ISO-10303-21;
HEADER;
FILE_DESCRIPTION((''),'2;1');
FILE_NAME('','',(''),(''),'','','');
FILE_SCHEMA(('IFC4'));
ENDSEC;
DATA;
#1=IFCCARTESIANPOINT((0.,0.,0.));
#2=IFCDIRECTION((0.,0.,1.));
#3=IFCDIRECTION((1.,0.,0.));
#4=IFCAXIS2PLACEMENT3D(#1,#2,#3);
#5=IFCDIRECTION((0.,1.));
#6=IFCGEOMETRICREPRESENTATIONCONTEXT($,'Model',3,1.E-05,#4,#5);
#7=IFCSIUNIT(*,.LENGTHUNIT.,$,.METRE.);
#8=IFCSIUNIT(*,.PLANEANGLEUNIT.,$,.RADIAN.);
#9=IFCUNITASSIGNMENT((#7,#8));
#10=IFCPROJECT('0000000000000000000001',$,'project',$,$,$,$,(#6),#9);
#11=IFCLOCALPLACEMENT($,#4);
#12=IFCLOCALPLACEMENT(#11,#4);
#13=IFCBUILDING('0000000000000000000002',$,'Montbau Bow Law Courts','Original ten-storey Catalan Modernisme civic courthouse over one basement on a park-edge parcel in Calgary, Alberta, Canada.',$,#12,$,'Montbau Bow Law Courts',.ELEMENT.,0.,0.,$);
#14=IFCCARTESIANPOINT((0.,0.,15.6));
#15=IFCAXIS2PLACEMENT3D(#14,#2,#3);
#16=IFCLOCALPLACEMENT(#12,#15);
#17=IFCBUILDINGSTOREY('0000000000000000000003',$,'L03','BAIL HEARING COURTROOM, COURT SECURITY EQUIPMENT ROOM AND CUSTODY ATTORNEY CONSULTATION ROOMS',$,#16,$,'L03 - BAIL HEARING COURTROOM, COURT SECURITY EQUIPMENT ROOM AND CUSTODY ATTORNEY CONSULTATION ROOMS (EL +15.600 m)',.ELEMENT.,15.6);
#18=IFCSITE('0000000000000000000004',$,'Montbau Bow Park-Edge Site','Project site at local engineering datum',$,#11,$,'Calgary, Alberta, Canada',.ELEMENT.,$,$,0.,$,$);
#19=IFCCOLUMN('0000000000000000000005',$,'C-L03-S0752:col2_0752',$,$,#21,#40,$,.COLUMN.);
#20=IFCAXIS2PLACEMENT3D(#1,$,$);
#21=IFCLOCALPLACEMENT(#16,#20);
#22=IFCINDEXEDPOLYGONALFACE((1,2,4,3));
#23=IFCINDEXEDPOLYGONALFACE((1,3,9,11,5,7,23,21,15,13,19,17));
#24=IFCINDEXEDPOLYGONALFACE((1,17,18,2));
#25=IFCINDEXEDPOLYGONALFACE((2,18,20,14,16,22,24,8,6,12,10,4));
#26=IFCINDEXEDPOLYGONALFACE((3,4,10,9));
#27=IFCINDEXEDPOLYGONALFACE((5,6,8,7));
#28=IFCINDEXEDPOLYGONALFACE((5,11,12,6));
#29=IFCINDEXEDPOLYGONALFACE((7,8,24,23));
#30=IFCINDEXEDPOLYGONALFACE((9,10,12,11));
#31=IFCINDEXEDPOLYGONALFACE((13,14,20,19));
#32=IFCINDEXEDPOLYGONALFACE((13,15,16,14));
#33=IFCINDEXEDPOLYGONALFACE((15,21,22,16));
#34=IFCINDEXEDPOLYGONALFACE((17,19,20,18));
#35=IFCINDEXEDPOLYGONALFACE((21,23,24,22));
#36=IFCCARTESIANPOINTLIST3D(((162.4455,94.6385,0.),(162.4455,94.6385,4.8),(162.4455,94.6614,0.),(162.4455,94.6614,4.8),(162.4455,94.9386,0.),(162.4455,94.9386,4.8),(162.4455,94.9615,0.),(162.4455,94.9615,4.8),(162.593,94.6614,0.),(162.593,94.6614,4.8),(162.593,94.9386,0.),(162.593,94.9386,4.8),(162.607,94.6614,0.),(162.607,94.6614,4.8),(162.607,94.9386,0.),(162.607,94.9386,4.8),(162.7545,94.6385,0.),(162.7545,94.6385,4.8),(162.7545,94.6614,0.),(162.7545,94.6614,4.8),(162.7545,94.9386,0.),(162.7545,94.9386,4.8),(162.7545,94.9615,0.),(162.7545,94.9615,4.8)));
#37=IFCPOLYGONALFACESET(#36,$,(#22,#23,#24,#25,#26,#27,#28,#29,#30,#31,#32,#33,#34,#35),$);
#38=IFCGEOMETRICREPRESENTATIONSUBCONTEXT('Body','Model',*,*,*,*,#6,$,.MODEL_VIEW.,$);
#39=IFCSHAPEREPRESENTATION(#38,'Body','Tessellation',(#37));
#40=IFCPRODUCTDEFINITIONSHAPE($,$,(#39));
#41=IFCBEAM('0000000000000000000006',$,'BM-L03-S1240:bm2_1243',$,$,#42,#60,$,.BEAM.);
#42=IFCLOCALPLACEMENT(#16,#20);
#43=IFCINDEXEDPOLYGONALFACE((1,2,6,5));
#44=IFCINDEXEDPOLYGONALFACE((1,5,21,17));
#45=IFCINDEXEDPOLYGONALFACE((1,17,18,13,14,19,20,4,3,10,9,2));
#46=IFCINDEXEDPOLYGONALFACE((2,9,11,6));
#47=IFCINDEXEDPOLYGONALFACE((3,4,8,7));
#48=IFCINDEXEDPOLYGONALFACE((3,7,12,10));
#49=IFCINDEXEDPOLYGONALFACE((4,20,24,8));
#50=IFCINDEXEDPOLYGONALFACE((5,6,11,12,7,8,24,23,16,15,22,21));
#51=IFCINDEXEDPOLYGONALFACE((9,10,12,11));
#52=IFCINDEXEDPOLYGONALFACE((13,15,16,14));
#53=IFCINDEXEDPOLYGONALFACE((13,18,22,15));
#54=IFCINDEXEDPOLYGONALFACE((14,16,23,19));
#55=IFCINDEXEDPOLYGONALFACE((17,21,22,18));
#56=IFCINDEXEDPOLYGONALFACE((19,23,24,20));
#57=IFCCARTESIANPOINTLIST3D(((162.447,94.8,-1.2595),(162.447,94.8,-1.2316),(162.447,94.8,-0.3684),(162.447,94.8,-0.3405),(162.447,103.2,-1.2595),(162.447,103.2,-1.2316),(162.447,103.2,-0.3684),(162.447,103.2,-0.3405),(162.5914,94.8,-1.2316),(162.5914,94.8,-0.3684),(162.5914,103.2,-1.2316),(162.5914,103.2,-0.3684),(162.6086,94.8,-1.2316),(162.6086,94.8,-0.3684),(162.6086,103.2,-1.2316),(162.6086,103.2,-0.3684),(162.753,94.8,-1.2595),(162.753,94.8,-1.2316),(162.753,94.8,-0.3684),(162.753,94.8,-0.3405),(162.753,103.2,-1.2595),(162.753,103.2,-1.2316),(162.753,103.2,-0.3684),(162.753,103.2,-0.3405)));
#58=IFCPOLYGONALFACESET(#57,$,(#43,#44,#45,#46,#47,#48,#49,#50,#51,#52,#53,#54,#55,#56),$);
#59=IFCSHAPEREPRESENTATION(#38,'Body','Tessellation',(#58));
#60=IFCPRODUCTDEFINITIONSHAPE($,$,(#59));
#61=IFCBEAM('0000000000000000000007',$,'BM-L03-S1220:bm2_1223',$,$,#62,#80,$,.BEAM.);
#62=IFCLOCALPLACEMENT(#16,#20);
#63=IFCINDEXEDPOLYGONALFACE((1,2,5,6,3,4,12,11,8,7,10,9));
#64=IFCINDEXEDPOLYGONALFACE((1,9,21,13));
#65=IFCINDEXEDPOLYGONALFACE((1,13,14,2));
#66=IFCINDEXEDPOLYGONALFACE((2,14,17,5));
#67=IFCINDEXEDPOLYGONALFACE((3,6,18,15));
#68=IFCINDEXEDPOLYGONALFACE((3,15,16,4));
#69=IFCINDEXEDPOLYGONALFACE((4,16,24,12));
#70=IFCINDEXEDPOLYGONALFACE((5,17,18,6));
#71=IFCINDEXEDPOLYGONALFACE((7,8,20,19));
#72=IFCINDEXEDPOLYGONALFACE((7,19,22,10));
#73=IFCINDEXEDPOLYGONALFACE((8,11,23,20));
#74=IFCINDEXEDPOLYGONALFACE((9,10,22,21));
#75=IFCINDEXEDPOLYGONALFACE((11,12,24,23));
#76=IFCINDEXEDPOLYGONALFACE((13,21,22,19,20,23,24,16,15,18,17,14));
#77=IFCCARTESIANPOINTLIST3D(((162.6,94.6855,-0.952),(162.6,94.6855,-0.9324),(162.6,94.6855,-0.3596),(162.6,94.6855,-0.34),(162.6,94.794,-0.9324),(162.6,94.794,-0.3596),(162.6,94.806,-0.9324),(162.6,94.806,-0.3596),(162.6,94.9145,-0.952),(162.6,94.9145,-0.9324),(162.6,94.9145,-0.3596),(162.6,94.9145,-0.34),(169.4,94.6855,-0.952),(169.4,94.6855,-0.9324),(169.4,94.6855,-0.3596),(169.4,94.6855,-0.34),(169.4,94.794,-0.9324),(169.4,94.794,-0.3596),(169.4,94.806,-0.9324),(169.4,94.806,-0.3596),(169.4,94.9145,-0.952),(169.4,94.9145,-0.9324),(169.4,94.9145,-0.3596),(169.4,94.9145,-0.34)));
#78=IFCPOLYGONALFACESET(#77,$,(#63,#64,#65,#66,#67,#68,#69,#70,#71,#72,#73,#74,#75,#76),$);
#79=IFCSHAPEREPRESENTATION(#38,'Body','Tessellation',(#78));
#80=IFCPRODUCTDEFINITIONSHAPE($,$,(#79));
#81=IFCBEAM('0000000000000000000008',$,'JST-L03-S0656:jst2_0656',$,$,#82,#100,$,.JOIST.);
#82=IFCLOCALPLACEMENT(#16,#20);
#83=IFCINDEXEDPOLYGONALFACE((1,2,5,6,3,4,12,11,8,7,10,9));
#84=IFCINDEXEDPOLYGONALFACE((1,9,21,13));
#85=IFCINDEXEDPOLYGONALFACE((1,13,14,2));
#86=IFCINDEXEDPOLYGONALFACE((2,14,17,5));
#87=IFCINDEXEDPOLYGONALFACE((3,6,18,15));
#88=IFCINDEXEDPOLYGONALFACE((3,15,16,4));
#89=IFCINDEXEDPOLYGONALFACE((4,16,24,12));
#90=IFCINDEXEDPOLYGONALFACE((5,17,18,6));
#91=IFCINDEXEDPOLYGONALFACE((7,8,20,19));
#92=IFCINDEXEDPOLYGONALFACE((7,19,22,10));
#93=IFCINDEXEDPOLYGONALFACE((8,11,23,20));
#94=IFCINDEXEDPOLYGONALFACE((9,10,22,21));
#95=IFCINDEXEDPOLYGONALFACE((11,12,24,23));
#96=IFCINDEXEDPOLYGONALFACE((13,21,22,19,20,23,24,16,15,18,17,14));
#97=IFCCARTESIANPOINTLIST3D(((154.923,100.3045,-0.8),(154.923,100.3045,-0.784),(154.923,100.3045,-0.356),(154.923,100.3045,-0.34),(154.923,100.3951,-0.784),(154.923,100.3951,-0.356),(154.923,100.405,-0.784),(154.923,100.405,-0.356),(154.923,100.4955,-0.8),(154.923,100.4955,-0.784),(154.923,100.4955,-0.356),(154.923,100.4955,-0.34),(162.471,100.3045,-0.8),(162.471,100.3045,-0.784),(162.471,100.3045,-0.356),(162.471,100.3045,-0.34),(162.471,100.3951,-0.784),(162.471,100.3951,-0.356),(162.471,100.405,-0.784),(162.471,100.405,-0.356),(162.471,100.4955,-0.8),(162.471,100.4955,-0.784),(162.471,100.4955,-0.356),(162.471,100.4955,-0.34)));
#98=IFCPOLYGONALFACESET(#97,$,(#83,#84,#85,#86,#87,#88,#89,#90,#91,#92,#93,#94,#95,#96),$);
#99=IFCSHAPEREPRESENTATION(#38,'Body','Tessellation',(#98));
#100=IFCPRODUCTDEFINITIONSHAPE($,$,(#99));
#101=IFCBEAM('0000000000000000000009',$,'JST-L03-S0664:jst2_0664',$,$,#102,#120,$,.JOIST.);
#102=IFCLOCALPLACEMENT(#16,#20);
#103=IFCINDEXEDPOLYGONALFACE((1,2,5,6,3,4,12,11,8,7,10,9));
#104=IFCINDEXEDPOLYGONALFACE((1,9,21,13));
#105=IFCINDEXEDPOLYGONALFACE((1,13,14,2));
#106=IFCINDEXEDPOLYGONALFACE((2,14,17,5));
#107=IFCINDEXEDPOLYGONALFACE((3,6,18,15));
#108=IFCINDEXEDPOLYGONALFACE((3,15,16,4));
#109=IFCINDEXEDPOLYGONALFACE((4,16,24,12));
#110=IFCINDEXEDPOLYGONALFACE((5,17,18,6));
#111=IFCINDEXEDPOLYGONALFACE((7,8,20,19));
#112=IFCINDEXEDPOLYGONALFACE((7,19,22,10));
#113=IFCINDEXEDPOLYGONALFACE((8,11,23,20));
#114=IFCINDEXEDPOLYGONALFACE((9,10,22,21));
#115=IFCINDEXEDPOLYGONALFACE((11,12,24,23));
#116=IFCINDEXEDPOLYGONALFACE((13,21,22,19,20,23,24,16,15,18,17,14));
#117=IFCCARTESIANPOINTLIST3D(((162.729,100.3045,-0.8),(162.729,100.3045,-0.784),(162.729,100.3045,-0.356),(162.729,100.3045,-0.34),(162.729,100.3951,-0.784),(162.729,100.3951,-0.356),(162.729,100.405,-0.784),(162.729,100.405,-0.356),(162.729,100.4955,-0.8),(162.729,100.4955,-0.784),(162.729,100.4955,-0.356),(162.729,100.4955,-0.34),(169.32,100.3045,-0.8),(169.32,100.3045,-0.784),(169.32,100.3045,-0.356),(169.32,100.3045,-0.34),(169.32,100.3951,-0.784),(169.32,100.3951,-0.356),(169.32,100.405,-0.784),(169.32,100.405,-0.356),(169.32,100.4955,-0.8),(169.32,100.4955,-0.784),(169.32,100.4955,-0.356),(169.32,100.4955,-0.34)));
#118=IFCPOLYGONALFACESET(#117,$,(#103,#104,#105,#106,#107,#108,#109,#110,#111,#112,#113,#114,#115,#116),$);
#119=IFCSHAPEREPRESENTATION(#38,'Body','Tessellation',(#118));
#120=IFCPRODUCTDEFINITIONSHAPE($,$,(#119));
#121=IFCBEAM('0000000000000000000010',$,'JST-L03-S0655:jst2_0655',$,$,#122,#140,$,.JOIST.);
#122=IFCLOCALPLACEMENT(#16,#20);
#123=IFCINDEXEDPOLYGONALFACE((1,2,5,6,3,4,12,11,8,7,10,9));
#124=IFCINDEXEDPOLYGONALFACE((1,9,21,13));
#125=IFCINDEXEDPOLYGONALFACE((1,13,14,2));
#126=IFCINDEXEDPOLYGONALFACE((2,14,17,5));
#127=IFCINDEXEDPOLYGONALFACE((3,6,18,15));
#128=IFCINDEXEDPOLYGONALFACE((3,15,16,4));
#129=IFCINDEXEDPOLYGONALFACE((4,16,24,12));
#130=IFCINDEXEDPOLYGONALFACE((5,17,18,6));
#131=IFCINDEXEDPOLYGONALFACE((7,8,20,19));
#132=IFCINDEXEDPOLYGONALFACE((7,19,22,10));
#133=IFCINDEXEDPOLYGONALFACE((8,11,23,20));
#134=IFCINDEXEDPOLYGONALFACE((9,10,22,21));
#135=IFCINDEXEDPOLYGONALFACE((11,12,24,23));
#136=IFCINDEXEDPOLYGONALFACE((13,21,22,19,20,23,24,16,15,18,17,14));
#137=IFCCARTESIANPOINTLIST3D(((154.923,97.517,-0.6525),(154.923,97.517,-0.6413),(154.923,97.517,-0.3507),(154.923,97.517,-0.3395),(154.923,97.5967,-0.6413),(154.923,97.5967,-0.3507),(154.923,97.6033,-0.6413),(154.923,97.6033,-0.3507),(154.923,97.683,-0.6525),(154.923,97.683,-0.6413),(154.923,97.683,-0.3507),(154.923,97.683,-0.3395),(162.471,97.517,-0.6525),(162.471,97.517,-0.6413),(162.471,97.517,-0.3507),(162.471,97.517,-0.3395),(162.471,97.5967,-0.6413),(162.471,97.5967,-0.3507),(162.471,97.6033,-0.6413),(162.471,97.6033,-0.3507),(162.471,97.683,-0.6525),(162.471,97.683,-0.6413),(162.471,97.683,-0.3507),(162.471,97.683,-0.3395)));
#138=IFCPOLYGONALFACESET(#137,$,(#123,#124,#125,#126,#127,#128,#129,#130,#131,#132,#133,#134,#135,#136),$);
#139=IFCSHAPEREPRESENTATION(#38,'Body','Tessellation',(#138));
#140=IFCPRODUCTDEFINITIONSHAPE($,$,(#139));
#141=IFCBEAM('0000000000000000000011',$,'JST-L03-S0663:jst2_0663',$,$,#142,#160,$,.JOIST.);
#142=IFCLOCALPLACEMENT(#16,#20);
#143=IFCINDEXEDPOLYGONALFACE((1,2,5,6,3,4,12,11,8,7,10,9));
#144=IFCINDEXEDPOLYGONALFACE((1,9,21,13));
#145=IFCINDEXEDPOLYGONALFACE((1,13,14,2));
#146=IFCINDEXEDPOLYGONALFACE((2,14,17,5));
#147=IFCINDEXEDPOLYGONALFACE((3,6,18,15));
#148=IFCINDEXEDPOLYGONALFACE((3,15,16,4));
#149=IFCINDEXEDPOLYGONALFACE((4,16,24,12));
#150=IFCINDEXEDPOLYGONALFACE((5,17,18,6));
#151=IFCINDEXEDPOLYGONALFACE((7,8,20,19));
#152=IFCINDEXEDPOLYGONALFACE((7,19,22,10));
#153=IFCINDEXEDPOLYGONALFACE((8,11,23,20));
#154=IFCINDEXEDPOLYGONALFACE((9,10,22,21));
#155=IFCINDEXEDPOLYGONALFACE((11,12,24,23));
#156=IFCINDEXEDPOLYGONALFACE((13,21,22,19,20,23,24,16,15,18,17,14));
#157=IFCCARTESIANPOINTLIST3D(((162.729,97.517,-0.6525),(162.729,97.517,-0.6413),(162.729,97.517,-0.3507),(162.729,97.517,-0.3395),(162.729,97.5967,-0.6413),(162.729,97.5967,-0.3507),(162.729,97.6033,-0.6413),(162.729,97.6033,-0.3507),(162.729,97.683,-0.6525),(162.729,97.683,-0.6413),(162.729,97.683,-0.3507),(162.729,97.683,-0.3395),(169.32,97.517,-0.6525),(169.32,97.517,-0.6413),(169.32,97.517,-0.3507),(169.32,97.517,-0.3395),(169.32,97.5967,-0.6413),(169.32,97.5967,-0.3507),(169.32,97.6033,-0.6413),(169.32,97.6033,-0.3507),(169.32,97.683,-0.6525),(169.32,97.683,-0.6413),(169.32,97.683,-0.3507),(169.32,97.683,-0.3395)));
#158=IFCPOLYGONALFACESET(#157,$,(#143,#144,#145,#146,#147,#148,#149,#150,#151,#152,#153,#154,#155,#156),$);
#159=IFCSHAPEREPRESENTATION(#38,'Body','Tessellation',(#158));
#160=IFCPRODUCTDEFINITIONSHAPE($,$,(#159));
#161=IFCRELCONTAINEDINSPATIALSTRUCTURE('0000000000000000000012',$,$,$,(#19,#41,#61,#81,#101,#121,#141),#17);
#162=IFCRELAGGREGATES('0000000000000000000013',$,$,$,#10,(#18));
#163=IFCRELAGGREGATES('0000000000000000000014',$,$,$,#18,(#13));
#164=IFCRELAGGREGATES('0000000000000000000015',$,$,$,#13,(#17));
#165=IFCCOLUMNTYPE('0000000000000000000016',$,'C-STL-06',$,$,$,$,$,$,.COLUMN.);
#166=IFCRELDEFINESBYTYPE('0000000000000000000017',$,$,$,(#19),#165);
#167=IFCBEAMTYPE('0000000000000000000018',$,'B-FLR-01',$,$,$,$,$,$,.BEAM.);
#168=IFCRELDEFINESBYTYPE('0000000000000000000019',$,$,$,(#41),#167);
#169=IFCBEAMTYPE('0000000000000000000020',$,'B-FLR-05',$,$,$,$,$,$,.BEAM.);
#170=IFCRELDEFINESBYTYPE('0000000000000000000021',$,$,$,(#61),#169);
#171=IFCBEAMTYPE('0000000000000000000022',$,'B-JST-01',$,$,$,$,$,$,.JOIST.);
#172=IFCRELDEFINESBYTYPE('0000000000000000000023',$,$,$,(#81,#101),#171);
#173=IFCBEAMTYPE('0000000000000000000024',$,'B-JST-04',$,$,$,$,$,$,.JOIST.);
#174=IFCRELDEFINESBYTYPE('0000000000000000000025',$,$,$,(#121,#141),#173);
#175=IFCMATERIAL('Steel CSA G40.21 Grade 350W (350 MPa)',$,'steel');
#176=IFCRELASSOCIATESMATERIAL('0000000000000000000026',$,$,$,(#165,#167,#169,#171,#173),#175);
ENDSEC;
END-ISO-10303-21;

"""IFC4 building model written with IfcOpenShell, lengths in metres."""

from ifc_helpers import new_model, si_unit, direction, frame, origin_with_axes, origin_2d_with_axis, place, context, subcontext, project, spatial, i_section, extrude, material, material_profile, profile_set, type_object, element, save


model = new_model("IFC4")

# Units and contexts
model_context = context("Model", 3, precision=1e-05, world=origin_with_axes(), true_north=direction((0.0, 1.0)))
body_context = subcontext(model_context, "Body", "Model", "MODEL_VIEW")
ifc_project = project(units=[si_unit("LENGTHUNIT", "METRE"), si_unit("PLANEANGLEUNIT", "RADIAN")], contexts=[model_context])

# Site, building, storey
site_placement = place(None, origin_with_axes())
site = spatial("IfcSite", under=ifc_project, at=site_placement, Name="Montbau Bow Park-Edge Site", Description="Project site at local engineering datum", LongName="Calgary, Alberta, Canada", CompositionType="ELEMENT", RefElevation=0.0)
building_placement = place(site_placement, origin_with_axes())
building = spatial("IfcBuilding", under=site, at=building_placement, Name="Montbau Bow Law Courts", Description="Original ten-storey Catalan Modernisme civic courthouse over one basement on a park-edge parcel in Calgary, Alberta, Canada.", LongName="Montbau Bow Law Courts", CompositionType="ELEMENT", ElevationOfRefHeight=0.0, ElevationOfTerrain=0.0)
storey_placement = place(building_placement, frame((0.0, 0.0, 15.6), z_axis=(0.0, 0.0, 1.0), x_axis=(1.0, 0.0, 0.0)))
storey = spatial("IfcBuildingStorey", under=building, at=storey_placement, Name="L03", Description="BAIL HEARING COURTROOM, COURT SECURITY EQUIPMENT ROOM AND CUSTODY ATTORNEY CONSULTATION ROOMS", LongName="L03 - BAIL HEARING COURTROOM, COURT SECURITY EQUIPMENT ROOM AND CUSTODY ATTORNEY CONSULTATION ROOMS (EL +15.600 m)", CompositionType="ELEMENT", Elevation=15.6)

# Column
ifc_material_1 = material(Name="Steel CSA G40.21 Grade 350W (350 MPa)", Category="steel")
ifc_material_profile_1 = material_profile(ifc_material_1, i_section(OverallWidth=0.309, OverallDepth=0.323, WebThickness=0.014, FlangeThickness=0.0229, at=origin_2d_with_axis()), Name="W310X143", Category="Main", Priority=0)
ifc_profile_set_1 = profile_set([ifc_material_profile_1], Name="Steel CSA G40.21 Grade 350W (350 MPa)")
column_type = type_object("IfcColumnType", Name="C-STL-06", PredefinedType="COLUMN", material=ifc_profile_set_1)
column_placement = place(None, frame((162.6, 94.8, 15.6), z_axis=(0.0, 0.0, 1.0), x_axis=(1.0, 0.0, 0.0)))
element("IfcColumn", 1, at=column_placement, inside=storey, type_object=column_type, Name="C-L03-S0752:col2_0752", PredefinedType="COLUMN", context=body_context, shape_type="SweptSolid", body=[
    extrude(i_section(OverallWidth=0.309, OverallDepth=0.323, WebThickness=0.014, FlangeThickness=0.0229, at=origin_2d_with_axis()), origin_with_axes(), (0.0, 0.0, 1.0), 4.8),
])

# Beams
ifc_material_profile_2 = material_profile(ifc_material_1, i_section(OverallWidth=0.306, OverallDepth=0.919, WebThickness=0.0173, FlangeThickness=0.0279, at=origin_2d_with_axis()), Name="W920X253", Category="Main", Priority=0)
ifc_profile_set_2 = profile_set([ifc_material_profile_2], Name="Steel CSA G40.21 Grade 350W (350 MPa)")
beam_type_1 = type_object("IfcBeamType", Name="B-FLR-01", PredefinedType="BEAM", material=ifc_profile_set_2)
beam_1_placement = place(None, frame((162.6, 94.8, 14.8), z_axis=(0.0, 1.0, 0.0), x_axis=(-1.0, 0.0, 0.0)))
element("IfcBeam", 2, at=beam_1_placement, inside=storey, type_object=beam_type_1, Name="BM-L03-S1240:bm2_1243", PredefinedType="BEAM", context=body_context, shape_type="SweptSolid", body=[
    extrude(i_section(OverallWidth=0.306, OverallDepth=0.919, WebThickness=0.0173, FlangeThickness=0.0279, at=origin_2d_with_axis()), origin_with_axes(), (0.0, 0.0, 1.0), 8.4),
])
ifc_material_profile_3 = material_profile(ifc_material_1, i_section(OverallWidth=0.229, OverallDepth=0.612, WebThickness=0.0119, FlangeThickness=0.0196, at=origin_2d_with_axis()), Name="W610X125", Category="Main", Priority=0)
ifc_profile_set_3 = profile_set([ifc_material_profile_3], Name="Steel CSA G40.21 Grade 350W (350 MPa)")
beam_type_2 = type_object("IfcBeamType", Name="B-FLR-05", PredefinedType="BEAM", material=ifc_profile_set_3)
beam_2_placement = place(None, frame((162.6, 94.8, 14.954), z_axis=(1.0, 0.0, 0.0), x_axis=(0.0, 1.0, 0.0)))
element("IfcBeam", 3, at=beam_2_placement, inside=storey, type_object=beam_type_2, Name="BM-L03-S1220:bm2_1223", PredefinedType="BEAM", context=body_context, shape_type="SweptSolid", body=[
    extrude(i_section(OverallWidth=0.229, OverallDepth=0.612, WebThickness=0.0119, FlangeThickness=0.0196, at=origin_2d_with_axis()), origin_with_axes(), (0.0, 0.0, 1.0), 6.8),
])
ifc_material_profile_4 = material_profile(ifc_material_1, i_section(OverallWidth=0.191, OverallDepth=0.46, WebThickness=0.0099, FlangeThickness=0.016, at=origin_2d_with_axis()), Name="W460X82", Category="Main", Priority=0)
ifc_profile_set_4 = profile_set([ifc_material_profile_4], Name="Steel CSA G40.21 Grade 350W (350 MPa)")
beam_type_3 = type_object("IfcBeamType", Name="B-JST-01", PredefinedType="JOIST", material=ifc_profile_set_4)
beam_3_placement = place(None, frame((154.923, 100.4, 15.03), z_axis=(1.0, 0.0, 0.0), x_axis=(0.0, 1.0, 0.0)))
element("IfcBeam", 4, at=beam_3_placement, inside=storey, type_object=beam_type_3, Name="JST-L03-S0656:jst2_0656", PredefinedType="JOIST", context=body_context, shape_type="SweptSolid", body=[
    extrude(i_section(OverallWidth=0.191, OverallDepth=0.46, WebThickness=0.0099, FlangeThickness=0.016, at=origin_2d_with_axis()), origin_with_axes(), (0.0, 0.0, 1.0), 7.548),
])
beam_4_placement = place(None, frame((162.729, 100.4, 15.03), z_axis=(1.0, 0.0, 0.0), x_axis=(0.0, 1.0, 0.0)))
element("IfcBeam", 5, at=beam_4_placement, inside=storey, type_object=beam_type_3, Name="JST-L03-S0664:jst2_0664", PredefinedType="JOIST", context=body_context, shape_type="SweptSolid", body=[
    extrude(i_section(OverallWidth=0.191, OverallDepth=0.46, WebThickness=0.0099, FlangeThickness=0.016, at=origin_2d_with_axis()), origin_with_axes(), (0.0, 0.0, 1.0), 6.591),
])
ifc_material_profile_5 = material_profile(ifc_material_1, i_section(OverallWidth=0.166, OverallDepth=0.313, WebThickness=0.0066, FlangeThickness=0.0112, at=origin_2d_with_axis()), Name="W310X45", Category="Main", Priority=0)
ifc_profile_set_5 = profile_set([ifc_material_profile_5], Name="Steel CSA G40.21 Grade 350W (350 MPa)")
beam_type_4 = type_object("IfcBeamType", Name="B-JST-04", PredefinedType="JOIST", material=ifc_profile_set_5)
beam_5_placement = place(None, frame((154.923, 97.6, 15.104), z_axis=(1.0, 0.0, 0.0), x_axis=(0.0, 1.0, 0.0)))
element("IfcBeam", 6, at=beam_5_placement, inside=storey, type_object=beam_type_4, Name="JST-L03-S0655:jst2_0655", PredefinedType="JOIST", context=body_context, shape_type="SweptSolid", body=[
    extrude(i_section(OverallWidth=0.166, OverallDepth=0.313, WebThickness=0.0066, FlangeThickness=0.0112, at=origin_2d_with_axis()), origin_with_axes(), (0.0, 0.0, 1.0), 7.548),
])
beam_6_placement = place(None, frame((162.729, 97.6, 15.104), z_axis=(1.0, 0.0, 0.0), x_axis=(0.0, 1.0, 0.0)))
element("IfcBeam", 7, at=beam_6_placement, inside=storey, type_object=beam_type_4, Name="JST-L03-S0663:jst2_0663", PredefinedType="JOIST", context=body_context, shape_type="SweptSolid", body=[
    extrude(i_section(OverallWidth=0.166, OverallDepth=0.313, WebThickness=0.0066, FlangeThickness=0.0112, at=origin_2d_with_axis()), origin_with_axes(), (0.0, 0.0, 1.0), 6.591),
])

save(model, "model.ifc")
